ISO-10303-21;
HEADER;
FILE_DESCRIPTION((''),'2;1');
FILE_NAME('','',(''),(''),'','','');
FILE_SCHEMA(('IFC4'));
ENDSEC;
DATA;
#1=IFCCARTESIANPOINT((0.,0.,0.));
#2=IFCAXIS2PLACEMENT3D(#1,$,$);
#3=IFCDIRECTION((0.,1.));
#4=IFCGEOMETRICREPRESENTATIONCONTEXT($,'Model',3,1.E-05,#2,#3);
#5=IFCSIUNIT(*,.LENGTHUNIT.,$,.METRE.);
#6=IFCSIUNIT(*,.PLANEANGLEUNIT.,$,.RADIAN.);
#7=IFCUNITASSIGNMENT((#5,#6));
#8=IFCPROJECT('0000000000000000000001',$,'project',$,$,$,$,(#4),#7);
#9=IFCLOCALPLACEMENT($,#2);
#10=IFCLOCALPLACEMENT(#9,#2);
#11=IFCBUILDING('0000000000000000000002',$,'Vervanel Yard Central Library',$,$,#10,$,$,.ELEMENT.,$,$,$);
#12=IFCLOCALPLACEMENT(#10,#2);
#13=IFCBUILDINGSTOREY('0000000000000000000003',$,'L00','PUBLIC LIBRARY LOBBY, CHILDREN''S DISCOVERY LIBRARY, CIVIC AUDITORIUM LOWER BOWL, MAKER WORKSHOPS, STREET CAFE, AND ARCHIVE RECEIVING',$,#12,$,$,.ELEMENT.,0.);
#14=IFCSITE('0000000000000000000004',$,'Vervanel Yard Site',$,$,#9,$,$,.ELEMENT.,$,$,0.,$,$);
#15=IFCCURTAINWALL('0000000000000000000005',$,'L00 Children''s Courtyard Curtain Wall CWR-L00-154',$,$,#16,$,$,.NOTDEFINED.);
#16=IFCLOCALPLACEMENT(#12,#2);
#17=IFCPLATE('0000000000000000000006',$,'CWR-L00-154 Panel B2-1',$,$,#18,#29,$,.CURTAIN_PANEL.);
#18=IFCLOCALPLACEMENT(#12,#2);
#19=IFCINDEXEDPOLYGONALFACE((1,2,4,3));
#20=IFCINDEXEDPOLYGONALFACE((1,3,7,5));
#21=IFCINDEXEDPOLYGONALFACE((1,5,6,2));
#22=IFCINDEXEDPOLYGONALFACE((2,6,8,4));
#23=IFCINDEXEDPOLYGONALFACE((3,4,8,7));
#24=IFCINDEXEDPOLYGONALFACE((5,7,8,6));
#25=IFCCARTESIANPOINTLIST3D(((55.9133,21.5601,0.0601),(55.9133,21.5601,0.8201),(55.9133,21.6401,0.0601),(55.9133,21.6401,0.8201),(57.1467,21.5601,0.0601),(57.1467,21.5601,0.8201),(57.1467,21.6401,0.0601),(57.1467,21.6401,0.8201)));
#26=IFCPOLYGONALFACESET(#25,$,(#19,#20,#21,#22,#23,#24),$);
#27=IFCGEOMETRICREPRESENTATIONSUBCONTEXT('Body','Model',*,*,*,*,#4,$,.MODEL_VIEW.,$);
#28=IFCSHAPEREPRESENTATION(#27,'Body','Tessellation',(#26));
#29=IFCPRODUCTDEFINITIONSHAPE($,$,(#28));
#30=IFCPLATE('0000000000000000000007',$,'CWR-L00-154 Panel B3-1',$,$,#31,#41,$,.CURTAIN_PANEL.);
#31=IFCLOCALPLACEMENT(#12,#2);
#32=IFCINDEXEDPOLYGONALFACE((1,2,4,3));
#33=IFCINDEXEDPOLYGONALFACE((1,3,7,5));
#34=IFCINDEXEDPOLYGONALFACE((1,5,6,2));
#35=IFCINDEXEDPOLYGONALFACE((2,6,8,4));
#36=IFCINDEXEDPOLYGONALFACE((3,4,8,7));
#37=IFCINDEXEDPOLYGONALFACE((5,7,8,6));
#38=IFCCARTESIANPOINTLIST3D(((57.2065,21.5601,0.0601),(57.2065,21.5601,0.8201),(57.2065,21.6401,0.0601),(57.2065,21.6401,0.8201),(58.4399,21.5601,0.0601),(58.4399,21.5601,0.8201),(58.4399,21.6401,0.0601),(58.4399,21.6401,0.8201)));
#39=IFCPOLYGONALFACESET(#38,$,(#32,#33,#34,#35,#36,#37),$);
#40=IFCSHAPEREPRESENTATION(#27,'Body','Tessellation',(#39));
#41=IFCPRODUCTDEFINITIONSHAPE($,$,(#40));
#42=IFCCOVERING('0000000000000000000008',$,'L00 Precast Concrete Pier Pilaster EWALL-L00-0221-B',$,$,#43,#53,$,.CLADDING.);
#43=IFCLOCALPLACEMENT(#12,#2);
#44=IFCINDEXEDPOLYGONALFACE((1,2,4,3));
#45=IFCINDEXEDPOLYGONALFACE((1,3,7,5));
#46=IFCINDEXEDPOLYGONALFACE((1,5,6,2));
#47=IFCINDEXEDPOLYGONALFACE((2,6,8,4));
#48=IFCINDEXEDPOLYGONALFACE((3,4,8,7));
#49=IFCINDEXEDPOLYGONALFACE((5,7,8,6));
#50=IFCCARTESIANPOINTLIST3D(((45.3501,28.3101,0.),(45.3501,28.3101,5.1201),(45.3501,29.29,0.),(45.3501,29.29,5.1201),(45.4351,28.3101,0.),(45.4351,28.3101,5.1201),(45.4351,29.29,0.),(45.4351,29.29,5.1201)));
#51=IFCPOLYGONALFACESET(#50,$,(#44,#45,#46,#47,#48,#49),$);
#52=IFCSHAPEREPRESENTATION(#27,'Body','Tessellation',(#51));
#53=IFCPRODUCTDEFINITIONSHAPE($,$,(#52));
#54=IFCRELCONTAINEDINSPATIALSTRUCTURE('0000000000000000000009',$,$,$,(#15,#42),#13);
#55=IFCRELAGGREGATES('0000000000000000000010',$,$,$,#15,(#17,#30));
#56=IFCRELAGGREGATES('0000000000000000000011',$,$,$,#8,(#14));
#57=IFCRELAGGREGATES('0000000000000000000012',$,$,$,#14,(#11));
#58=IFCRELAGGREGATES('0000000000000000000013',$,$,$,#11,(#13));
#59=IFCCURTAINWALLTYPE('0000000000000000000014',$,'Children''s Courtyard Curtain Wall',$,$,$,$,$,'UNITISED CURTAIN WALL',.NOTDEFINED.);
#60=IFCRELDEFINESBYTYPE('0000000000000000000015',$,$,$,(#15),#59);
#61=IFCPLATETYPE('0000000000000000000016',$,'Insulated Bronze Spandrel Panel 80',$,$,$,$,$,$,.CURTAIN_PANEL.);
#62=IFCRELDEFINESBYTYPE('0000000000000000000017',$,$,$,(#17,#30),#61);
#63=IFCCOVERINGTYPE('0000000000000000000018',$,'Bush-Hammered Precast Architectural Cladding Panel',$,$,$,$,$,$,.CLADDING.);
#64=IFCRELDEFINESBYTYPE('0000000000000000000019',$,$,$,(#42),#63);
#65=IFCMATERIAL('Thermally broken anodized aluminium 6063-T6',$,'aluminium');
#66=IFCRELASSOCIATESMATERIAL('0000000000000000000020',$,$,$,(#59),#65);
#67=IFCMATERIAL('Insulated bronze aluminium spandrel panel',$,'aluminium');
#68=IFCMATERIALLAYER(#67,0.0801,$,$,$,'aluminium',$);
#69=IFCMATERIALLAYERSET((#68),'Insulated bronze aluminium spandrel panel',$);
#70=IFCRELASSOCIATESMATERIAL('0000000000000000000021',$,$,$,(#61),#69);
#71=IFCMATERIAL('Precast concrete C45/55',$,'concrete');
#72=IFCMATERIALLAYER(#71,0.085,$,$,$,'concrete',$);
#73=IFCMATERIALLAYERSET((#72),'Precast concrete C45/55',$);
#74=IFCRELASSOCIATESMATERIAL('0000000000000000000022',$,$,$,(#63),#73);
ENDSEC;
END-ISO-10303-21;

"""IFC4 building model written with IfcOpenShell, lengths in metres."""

from ifc_helpers import new_model, si_unit, direction, frame, origin, origin_2d, place, context, subcontext, project, spatial, rectangle, extrude, material, layer, layer_set, type_object, element, aggregate, save


model = new_model("IFC4")

# Units and contexts
model_context = context("Model", 3, precision=1e-05, world=origin(), true_north=direction((0.0, 1.0)))
body_context = subcontext(model_context, "Body", "Model", "MODEL_VIEW")
ifc_project = project(units=[si_unit("LENGTHUNIT", "METRE"), si_unit("PLANEANGLEUNIT", "RADIAN")], contexts=[model_context])

# Site, building, storey
site_placement = place(None, origin())
site = spatial("IfcSite", under=ifc_project, at=site_placement, Name="Vervanel Yard Site", CompositionType="ELEMENT", RefElevation=0.0)
building_placement = place(site_placement, origin())
building = spatial("IfcBuilding", under=site, at=building_placement, Name="Vervanel Yard Central Library", CompositionType="ELEMENT")
storey_placement = place(building_placement, origin())
storey = spatial("IfcBuildingStorey", under=building, at=storey_placement, Name="L00", Description="PUBLIC LIBRARY LOBBY, CHILDREN'S DISCOVERY LIBRARY, CIVIC AUDITORIUM LOWER BOWL, MAKER WORKSHOPS, STREET CAFE, AND ARCHIVE RECEIVING", CompositionType="ELEMENT", Elevation=0.0)

# Curtain wall
ifc_material_1 = material(Name="Thermally broken anodized aluminium 6063-T6", Category="aluminium")
curtain_wall_type_1 = type_object("IfcCurtainWallType", Name="Children's Courtyard Curtain Wall", ElementType="UNITISED CURTAIN WALL", PredefinedType="NOTDEFINED", material=ifc_material_1)
curtain_wall_1_placement = place(storey_placement, origin())
curtain_wall_1 = element("IfcCurtainWall", 1, at=curtain_wall_1_placement, inside=storey, type_object=curtain_wall_type_1, Name="L00 Children's Courtyard Curtain Wall CWR-L00-154", PredefinedType="NOTDEFINED")

# Plates
ifc_material_2 = material(Name="Insulated bronze aluminium spandrel panel", Category="aluminium")
ifc_layer_1 = layer(ifc_material_2, 0.0801, Category="aluminium")
ifc_layer_set_1 = layer_set([ifc_layer_1], Name="Insulated bronze aluminium spandrel panel")
plate_type_1 = type_object("IfcPlateType", Name="Insulated Bronze Spandrel Panel 80", PredefinedType="CURTAIN_PANEL", material=ifc_layer_set_1)
plate_1_placement = place(storey_placement, frame((56.53, 21.6001, 0.0601), z_axis=(0.0, 0.0, 1.0), x_axis=(1.0, 0.0, 0.0)))
plate_1 = element("IfcPlate", 2, at=plate_1_placement, type_object=plate_type_1, Name="CWR-L00-154 Panel B2-1", PredefinedType="CURTAIN_PANEL", context=body_context, shape_type="SweptSolid", body=[
    extrude(rectangle(XDim=1.2334, YDim=0.0801, at=origin_2d()), origin(), (0.0, 0.0, 1.0), 0.76),
])
plate_2_placement = place(storey_placement, frame((57.8232, 21.6001, 0.0601), z_axis=(0.0, 0.0, 1.0), x_axis=(1.0, 0.0, 0.0)))
plate_2 = element("IfcPlate", 3, at=plate_2_placement, type_object=plate_type_1, Name="CWR-L00-154 Panel B3-1", PredefinedType="CURTAIN_PANEL", context=body_context, shape_type="SweptSolid", body=[
    extrude(rectangle(XDim=1.2334, YDim=0.0801, at=origin_2d()), origin(), (0.0, 0.0, 1.0), 0.76),
])
aggregate(curtain_wall_1, [plate_1, plate_2])

# Covering
ifc_material_3 = material(Name="Precast concrete C45/55", Category="concrete")
ifc_layer_2 = layer(ifc_material_3, 0.085, Category="concrete")
ifc_layer_set_2 = layer_set([ifc_layer_2], Name="Precast concrete C45/55")
covering_type = type_object("IfcCoveringType", Name="Bush-Hammered Precast Architectural Cladding Panel", PredefinedType="CLADDING", material=ifc_layer_set_2)
covering_placement = place(storey_placement, frame((45.3926, 28.8, 0.0), z_axis=(0.0, 0.0, 1.0), x_axis=(0.0, 1.0, 0.0)))
element("IfcCovering", 4, at=covering_placement, inside=storey, type_object=covering_type, Name="L00 Precast Concrete Pier Pilaster EWALL-L00-0221-B", PredefinedType="CLADDING", context=body_context, shape_type="SweptSolid", body=[
    extrude(rectangle(XDim=0.98, YDim=0.085, at=origin_2d()), origin(), (0.0, 0.0, 1.0), 5.1201),
])

save(model, "model.ifc")
